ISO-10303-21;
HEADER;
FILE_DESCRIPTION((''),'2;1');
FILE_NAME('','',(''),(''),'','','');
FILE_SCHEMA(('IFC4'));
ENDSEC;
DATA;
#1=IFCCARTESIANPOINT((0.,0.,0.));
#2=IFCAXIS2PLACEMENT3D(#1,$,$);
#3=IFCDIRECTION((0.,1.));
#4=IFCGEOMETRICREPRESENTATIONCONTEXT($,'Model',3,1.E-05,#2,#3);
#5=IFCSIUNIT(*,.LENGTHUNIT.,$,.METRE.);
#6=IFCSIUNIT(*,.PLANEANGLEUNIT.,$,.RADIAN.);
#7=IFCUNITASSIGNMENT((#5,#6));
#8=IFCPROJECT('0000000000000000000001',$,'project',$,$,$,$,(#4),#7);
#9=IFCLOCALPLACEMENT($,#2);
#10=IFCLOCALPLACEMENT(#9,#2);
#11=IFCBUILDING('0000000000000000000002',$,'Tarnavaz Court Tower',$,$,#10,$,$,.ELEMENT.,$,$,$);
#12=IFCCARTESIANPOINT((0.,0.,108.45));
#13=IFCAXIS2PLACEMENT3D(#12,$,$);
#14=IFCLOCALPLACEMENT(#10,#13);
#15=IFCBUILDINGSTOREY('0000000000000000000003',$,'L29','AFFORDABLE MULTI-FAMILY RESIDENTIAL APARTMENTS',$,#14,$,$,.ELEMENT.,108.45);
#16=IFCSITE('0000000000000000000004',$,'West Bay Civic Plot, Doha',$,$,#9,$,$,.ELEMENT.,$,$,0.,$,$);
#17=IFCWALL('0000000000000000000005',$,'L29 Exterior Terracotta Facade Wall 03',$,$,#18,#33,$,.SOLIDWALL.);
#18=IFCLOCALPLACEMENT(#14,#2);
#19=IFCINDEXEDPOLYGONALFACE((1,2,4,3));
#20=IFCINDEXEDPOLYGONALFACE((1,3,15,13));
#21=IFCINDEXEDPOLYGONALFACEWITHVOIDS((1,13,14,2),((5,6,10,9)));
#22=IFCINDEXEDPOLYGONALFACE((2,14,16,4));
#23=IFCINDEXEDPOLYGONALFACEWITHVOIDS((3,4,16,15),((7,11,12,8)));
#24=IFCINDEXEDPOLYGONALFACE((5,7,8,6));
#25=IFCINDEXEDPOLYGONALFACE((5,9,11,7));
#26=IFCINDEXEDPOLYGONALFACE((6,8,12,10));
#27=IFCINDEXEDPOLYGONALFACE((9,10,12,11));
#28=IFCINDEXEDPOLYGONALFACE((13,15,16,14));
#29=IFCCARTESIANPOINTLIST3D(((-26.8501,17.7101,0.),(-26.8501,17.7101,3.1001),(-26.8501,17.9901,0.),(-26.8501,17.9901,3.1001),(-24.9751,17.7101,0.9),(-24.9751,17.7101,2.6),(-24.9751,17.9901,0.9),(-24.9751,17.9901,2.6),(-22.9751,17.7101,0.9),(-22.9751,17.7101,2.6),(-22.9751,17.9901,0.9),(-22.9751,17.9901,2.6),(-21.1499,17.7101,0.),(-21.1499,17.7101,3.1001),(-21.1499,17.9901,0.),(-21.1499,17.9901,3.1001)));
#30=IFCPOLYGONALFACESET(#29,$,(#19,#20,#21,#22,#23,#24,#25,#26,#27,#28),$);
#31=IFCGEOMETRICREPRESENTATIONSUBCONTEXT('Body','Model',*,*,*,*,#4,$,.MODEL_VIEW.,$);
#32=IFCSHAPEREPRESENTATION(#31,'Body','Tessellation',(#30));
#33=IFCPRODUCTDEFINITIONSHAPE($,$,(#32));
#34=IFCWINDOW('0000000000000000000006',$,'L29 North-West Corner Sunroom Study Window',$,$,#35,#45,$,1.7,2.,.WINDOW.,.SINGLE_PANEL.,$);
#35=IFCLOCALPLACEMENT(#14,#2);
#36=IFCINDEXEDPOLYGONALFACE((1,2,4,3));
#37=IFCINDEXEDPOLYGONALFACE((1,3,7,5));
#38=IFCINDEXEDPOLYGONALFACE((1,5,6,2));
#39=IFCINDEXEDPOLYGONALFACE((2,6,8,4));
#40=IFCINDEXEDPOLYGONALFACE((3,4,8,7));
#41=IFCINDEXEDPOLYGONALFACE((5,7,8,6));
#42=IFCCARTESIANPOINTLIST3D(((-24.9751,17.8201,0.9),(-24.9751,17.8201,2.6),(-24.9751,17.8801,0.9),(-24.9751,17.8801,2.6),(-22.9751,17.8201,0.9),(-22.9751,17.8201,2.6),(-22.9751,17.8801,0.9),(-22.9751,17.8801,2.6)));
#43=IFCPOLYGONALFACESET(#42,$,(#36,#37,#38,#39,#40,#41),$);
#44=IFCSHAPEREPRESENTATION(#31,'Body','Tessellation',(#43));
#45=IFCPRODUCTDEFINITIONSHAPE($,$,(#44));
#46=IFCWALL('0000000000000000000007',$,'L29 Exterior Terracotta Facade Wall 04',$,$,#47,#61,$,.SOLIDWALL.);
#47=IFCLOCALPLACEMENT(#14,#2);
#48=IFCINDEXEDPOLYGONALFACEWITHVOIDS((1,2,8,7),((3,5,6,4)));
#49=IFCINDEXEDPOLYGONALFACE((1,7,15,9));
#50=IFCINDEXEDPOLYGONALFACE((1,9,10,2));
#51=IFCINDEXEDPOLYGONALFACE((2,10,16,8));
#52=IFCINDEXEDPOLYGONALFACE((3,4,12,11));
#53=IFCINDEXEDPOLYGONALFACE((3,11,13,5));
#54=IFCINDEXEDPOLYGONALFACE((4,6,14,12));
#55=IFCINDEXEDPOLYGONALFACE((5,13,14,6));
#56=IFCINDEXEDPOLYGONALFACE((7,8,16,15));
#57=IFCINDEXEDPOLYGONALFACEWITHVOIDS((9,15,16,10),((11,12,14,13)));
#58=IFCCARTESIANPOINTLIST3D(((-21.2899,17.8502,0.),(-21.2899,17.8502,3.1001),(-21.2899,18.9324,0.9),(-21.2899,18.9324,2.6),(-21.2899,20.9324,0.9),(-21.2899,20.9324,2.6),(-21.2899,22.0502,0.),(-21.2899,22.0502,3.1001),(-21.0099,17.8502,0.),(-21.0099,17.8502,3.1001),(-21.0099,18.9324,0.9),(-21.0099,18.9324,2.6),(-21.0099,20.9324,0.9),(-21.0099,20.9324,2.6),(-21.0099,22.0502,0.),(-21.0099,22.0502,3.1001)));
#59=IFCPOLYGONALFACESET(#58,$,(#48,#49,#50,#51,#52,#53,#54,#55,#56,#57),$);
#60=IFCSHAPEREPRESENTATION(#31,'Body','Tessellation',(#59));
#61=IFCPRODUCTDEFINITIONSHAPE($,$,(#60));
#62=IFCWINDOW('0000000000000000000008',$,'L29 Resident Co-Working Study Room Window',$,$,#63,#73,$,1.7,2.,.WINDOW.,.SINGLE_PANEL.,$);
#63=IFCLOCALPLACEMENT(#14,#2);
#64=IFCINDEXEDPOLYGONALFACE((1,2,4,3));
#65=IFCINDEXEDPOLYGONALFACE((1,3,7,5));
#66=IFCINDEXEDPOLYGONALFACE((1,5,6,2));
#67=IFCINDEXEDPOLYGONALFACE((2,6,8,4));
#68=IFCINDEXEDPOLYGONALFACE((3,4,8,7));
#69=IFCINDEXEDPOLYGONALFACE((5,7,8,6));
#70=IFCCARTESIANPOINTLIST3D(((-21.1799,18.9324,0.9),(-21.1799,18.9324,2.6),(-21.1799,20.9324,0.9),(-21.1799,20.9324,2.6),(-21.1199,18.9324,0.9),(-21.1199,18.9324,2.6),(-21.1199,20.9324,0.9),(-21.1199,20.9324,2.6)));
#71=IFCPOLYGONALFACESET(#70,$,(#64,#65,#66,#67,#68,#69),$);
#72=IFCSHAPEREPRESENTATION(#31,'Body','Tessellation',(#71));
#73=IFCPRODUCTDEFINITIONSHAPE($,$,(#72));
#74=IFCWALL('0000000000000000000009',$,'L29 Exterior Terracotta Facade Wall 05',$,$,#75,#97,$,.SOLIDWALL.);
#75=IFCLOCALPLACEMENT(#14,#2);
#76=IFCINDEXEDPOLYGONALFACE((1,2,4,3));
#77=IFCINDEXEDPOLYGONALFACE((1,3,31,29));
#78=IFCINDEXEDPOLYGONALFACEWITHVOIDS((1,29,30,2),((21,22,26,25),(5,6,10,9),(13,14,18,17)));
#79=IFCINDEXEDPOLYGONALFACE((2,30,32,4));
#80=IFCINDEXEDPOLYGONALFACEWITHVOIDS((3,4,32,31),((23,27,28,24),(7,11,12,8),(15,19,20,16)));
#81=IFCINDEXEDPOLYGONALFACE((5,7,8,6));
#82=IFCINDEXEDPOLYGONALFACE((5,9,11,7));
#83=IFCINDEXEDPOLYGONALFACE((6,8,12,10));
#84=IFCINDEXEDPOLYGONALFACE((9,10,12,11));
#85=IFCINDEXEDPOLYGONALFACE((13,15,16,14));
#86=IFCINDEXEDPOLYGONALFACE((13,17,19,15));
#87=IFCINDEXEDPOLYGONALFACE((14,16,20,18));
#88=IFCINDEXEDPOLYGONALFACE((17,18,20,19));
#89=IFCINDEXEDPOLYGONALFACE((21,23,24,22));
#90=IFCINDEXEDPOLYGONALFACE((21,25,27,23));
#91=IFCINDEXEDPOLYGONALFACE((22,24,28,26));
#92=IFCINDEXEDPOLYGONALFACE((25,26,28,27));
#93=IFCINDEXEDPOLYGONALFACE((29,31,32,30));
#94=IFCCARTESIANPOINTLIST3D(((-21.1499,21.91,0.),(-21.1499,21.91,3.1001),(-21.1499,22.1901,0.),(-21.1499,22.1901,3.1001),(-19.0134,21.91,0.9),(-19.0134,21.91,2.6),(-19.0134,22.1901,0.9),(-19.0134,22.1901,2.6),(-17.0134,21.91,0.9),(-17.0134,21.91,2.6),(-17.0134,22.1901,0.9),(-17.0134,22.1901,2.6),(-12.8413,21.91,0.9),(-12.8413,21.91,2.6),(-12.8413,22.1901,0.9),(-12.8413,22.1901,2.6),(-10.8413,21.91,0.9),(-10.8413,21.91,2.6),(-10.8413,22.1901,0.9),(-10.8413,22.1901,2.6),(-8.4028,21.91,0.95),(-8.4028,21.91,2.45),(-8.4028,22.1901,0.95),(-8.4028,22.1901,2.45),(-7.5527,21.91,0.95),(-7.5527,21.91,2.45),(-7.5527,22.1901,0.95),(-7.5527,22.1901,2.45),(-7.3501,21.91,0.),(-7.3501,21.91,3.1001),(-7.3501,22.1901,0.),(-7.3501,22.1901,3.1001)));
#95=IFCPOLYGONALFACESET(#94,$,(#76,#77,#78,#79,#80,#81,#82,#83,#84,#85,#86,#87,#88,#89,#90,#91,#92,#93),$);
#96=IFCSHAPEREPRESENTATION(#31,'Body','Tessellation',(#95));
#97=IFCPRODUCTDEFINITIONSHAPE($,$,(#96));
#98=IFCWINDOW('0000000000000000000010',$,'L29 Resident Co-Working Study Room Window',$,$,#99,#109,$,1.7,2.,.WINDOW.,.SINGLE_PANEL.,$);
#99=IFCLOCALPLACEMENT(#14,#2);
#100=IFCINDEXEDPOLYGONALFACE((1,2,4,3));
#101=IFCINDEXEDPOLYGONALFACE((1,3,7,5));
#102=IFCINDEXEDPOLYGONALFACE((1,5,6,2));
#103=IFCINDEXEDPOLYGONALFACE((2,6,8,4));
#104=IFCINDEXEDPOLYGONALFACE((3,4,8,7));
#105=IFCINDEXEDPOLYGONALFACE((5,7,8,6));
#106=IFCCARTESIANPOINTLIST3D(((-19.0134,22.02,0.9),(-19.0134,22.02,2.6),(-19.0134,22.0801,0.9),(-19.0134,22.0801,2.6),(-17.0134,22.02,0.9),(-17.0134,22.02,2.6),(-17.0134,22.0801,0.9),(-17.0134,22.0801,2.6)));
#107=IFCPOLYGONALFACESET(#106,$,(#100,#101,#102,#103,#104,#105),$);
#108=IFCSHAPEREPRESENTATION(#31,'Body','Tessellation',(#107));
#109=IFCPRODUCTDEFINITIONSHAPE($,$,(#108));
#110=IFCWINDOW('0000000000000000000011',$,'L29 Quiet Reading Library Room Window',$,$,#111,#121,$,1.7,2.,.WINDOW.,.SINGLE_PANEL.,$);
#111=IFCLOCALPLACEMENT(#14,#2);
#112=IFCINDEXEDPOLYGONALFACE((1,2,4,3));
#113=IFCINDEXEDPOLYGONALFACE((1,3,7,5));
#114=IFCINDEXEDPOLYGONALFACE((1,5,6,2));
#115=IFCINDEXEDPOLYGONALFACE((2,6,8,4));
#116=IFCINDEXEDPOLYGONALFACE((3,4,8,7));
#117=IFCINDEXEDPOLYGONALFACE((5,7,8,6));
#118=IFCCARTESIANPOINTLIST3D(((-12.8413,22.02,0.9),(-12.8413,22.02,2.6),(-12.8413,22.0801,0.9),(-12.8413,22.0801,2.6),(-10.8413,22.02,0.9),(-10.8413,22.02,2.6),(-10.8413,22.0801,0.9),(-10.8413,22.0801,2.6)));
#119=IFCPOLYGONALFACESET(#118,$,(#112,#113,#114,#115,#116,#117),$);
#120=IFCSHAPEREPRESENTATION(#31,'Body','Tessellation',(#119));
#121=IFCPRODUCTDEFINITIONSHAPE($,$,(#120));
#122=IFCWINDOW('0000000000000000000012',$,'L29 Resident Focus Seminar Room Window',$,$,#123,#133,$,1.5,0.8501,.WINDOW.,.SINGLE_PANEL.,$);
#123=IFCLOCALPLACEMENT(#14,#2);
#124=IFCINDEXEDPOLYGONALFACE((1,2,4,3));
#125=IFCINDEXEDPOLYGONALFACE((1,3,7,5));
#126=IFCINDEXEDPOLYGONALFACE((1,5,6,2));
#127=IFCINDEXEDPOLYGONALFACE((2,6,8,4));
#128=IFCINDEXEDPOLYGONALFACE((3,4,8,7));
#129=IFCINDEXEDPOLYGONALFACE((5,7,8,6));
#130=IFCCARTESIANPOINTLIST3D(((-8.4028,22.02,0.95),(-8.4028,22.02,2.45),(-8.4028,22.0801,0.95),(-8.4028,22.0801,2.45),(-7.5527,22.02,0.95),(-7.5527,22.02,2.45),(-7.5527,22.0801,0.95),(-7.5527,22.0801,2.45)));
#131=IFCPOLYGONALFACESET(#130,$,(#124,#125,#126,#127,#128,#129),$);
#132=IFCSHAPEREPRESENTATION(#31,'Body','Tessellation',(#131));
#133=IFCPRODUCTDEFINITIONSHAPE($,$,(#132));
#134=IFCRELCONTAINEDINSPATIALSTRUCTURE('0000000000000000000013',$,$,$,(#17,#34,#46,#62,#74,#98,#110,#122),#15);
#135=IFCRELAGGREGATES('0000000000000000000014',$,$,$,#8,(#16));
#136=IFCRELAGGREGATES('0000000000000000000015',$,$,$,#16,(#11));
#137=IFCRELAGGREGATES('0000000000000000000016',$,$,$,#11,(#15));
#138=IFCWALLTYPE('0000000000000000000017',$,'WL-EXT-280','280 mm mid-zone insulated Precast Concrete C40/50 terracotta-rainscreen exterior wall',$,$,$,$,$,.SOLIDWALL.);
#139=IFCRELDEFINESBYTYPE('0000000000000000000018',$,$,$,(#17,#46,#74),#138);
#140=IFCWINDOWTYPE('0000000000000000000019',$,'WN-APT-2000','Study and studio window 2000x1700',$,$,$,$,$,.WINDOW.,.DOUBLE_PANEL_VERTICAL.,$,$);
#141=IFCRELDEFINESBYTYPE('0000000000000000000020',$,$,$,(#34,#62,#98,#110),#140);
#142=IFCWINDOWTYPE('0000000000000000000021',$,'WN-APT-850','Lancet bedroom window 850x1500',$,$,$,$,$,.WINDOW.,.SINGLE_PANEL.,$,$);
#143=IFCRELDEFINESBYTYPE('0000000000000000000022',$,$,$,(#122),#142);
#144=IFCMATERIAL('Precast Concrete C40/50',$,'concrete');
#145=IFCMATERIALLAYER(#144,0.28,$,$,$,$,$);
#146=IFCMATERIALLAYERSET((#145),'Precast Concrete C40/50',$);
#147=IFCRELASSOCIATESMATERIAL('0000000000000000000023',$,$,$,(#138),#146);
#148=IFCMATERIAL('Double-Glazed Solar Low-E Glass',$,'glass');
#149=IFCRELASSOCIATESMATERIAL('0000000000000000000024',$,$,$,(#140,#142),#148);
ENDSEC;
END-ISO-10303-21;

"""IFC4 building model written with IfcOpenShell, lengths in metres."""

from ifc_helpers import new_model, si_unit, direction, frame, frame_2d, origin, place, context, subcontext, project, spatial, rectangle, extrude, material, layer, layer_set, type_object, element, fill, save


model = new_model("IFC4")

# Units and contexts
model_context = context("Model", 3, precision=1e-05, world=origin(), true_north=direction((0.0, 1.0)))
body_context = subcontext(model_context, "Body", "Model", "MODEL_VIEW")
ifc_project = project(units=[si_unit("LENGTHUNIT", "METRE"), si_unit("PLANEANGLEUNIT", "RADIAN")], contexts=[model_context])

# Site, building, storey
site_placement = place(None, origin())
site = spatial("IfcSite", under=ifc_project, at=site_placement, Name="West Bay Civic Plot, Doha", CompositionType="ELEMENT", RefElevation=0.0)
building_placement = place(site_placement, origin())
building = spatial("IfcBuilding", under=site, at=building_placement, Name="Tarnavaz Court Tower", CompositionType="ELEMENT")
storey_placement = place(building_placement, frame((0.0, 0.0, 108.45)))
storey = spatial("IfcBuildingStorey", under=building, at=storey_placement, Name="L29", Description="AFFORDABLE MULTI-FAMILY RESIDENTIAL APARTMENTS", CompositionType="ELEMENT", Elevation=108.45)

# Walls, openings, windows
ifc_material_1 = material(Name="Precast Concrete C40/50", Category="concrete")
ifc_layer_1 = layer(ifc_material_1, 0.28)
ifc_layer_set_1 = layer_set([ifc_layer_1], Name="Precast Concrete C40/50")
wall_type_1 = type_object("IfcWallType", Name="WL-EXT-280", Description="280 mm mid-zone insulated Precast Concrete C40/50 terracotta-rainscreen exterior wall", PredefinedType="SOLIDWALL", material=ifc_layer_set_1)
wall_1_placement = place(storey_placement, frame((-26.8501, 17.8501, 0.0), z_axis=(0.0, 0.0, 1.0), x_axis=(1.0, 0.0, 0.0)))
wall_1 = element("IfcWall", 1, at=wall_1_placement, inside=storey, type_object=wall_type_1, Name="L29 Exterior Terracotta Facade Wall 03", PredefinedType="SOLIDWALL", context=body_context, shape_type="SweptSolid", body=[
    extrude(rectangle(XDim=5.7002, YDim=0.28, at=frame_2d((2.8501, 0.0))), origin(), (0.0, 0.0, 1.0), 3.1001),
])
opening_1_placement = place(wall_1_placement, frame((1.875, 0.0, 0.8999)))
opening_1 = element("IfcOpeningElement", 2, at=opening_1_placement, cuts=wall_1, PredefinedType="OPENING", context=body_context, shape_type="SweptSolid", body=[
    extrude(rectangle(XDim=2.0, YDim=1.7, at=frame_2d((1.0, 0.8501))), frame((0.0, 0.1499, 0.0), z_axis=(0.0, -1.0, 0.0), x_axis=(1.0, 0.0, 0.0)), (0.0, 0.0, 1.0), 0.3),
])
ifc_material_2 = material(Name="Double-Glazed Solar Low-E Glass", Category="glass")
window_type_1 = type_object("IfcWindowType", Name="WN-APT-2000", Description="Study and studio window 2000x1700", PartitioningType="DOUBLE_PANEL_VERTICAL", PredefinedType="WINDOW", material=ifc_material_2)
window_1_placement = place(opening_1_placement, origin())
window_1 = element("IfcWindow", 3, at=window_1_placement, inside=storey, type_object=window_type_1, Name="L29 North-West Corner Sunroom Study Window", OverallHeight=1.7, OverallWidth=2.0, PartitioningType="SINGLE_PANEL", PredefinedType="WINDOW", context=body_context, shape_type="SweptSolid", body=[
    extrude(rectangle(XDim=2.0, YDim=1.7, at=frame_2d((1.0, 0.8501))), frame((0.0, 0.03, 0.0), z_axis=(0.0, -1.0, 0.0), x_axis=(1.0, 0.0, 0.0)), (0.0, 0.0, 1.0), 0.0601),
])
fill(opening_1, window_1)
wall_2_placement = place(storey_placement, frame((-21.1499, 17.8501, 0.0), z_axis=(0.0, 0.0, 1.0), x_axis=(0.0, 1.0, 0.0)))
wall_2 = element("IfcWall", 4, at=wall_2_placement, inside=storey, type_object=wall_type_1, Name="L29 Exterior Terracotta Facade Wall 04", PredefinedType="SOLIDWALL", context=body_context, shape_type="SweptSolid", body=[
    extrude(rectangle(XDim=4.2, YDim=0.28, at=frame_2d((2.1001, 0.0))), origin(), (0.0, 0.0, 1.0), 3.1001),
])
opening_2_placement = place(wall_2_placement, frame((1.0823, 0.0, 0.8999)))
opening_2 = element("IfcOpeningElement", 5, at=opening_2_placement, cuts=wall_2, PredefinedType="OPENING", context=body_context, shape_type="SweptSolid", body=[
    extrude(rectangle(XDim=2.0, YDim=1.7, at=frame_2d((1.0, 0.8501))), frame((0.0, 0.1499, 0.0), z_axis=(0.0, -1.0, 0.0), x_axis=(1.0, 0.0, 0.0)), (0.0, 0.0, 1.0), 0.3),
])
window_2_placement = place(opening_2_placement, origin())
window_2 = element("IfcWindow", 6, at=window_2_placement, inside=storey, type_object=window_type_1, Name="L29 Resident Co-Working Study Room Window", OverallHeight=1.7, OverallWidth=2.0, PartitioningType="SINGLE_PANEL", PredefinedType="WINDOW", context=body_context, shape_type="SweptSolid", body=[
    extrude(rectangle(XDim=2.0, YDim=1.7, at=frame_2d((1.0, 0.8501))), frame((0.0, 0.03, 0.0), z_axis=(0.0, -1.0, 0.0), x_axis=(1.0, 0.0, 0.0)), (0.0, 0.0, 1.0), 0.0601),
])
fill(opening_2, window_2)

# Wall, openings, windows
wall_3_placement = place(storey_placement, frame((-21.1499, 22.05, 0.0), z_axis=(0.0, 0.0, 1.0), x_axis=(1.0, 0.0, 0.0)))
wall_3 = element("IfcWall", 7, at=wall_3_placement, inside=storey, type_object=wall_type_1, Name="L29 Exterior Terracotta Facade Wall 05", PredefinedType="SOLIDWALL", context=body_context, shape_type="SweptSolid", body=[
    extrude(rectangle(XDim=13.7998, YDim=0.28, at=frame_2d((6.8999, 0.0))), origin(), (0.0, 0.0, 1.0), 3.1001),
])
opening_3_placement = place(wall_3_placement, frame((2.1365, 0.0, 0.8999)))
opening_3 = element("IfcOpeningElement", 8, at=opening_3_placement, cuts=wall_3, PredefinedType="OPENING", context=body_context, shape_type="SweptSolid", body=[
    extrude(rectangle(XDim=2.0, YDim=1.7, at=frame_2d((1.0, 0.8501))), frame((0.0, 0.1499, 0.0), z_axis=(0.0, -1.0, 0.0), x_axis=(1.0, 0.0, 0.0)), (0.0, 0.0, 1.0), 0.3),
])
opening_4_placement = place(wall_3_placement, frame((8.3086, 0.0, 0.8999)))
opening_4 = element("IfcOpeningElement", 9, at=opening_4_placement, cuts=wall_3, PredefinedType="OPENING", context=body_context, shape_type="SweptSolid", body=[
    extrude(rectangle(XDim=2.0, YDim=1.7, at=frame_2d((1.0, 0.8501))), frame((0.0, 0.1499, 0.0), z_axis=(0.0, -1.0, 0.0), x_axis=(1.0, 0.0, 0.0)), (0.0, 0.0, 1.0), 0.3),
])
opening_5_placement = place(wall_3_placement, frame((12.7471, 0.0, 0.95)))
opening_5 = element("IfcOpeningElement", 10, at=opening_5_placement, cuts=wall_3, PredefinedType="OPENING", context=body_context, shape_type="SweptSolid", body=[
    extrude(rectangle(XDim=0.8501, YDim=1.5, at=frame_2d((0.425, 0.75))), frame((0.0, 0.1499, 0.0), z_axis=(0.0, -1.0, 0.0), x_axis=(1.0, 0.0, 0.0)), (0.0, 0.0, 1.0), 0.3),
])
window_3_placement = place(opening_3_placement, origin())
window_3 = element("IfcWindow", 11, at=window_3_placement, inside=storey, type_object=window_type_1, Name="L29 Resident Co-Working Study Room Window", OverallHeight=1.7, OverallWidth=2.0, PartitioningType="SINGLE_PANEL", PredefinedType="WINDOW", context=body_context, shape_type="SweptSolid", body=[
    extrude(rectangle(XDim=2.0, YDim=1.7, at=frame_2d((1.0, 0.8501))), frame((0.0, 0.03, 0.0), z_axis=(0.0, -1.0, 0.0), x_axis=(1.0, 0.0, 0.0)), (0.0, 0.0, 1.0), 0.0601),
])
fill(opening_3, window_3)
window_4_placement = place(opening_4_placement, origin())
window_4 = element("IfcWindow", 12, at=window_4_placement, inside=storey, type_object=window_type_1, Name="L29 Quiet Reading Library Room Window", OverallHeight=1.7, OverallWidth=2.0, PartitioningType="SINGLE_PANEL", PredefinedType="WINDOW", context=body_context, shape_type="SweptSolid", body=[
    extrude(rectangle(XDim=2.0, YDim=1.7, at=frame_2d((1.0, 0.8501))), frame((0.0, 0.03, 0.0), z_axis=(0.0, -1.0, 0.0), x_axis=(1.0, 0.0, 0.0)), (0.0, 0.0, 1.0), 0.0601),
])
fill(opening_4, window_4)
window_type_2 = type_object("IfcWindowType", Name="WN-APT-850", Description="Lancet bedroom window 850x1500", PartitioningType="SINGLE_PANEL", PredefinedType="WINDOW", material=ifc_material_2)
window_5_placement = place(opening_5_placement, origin())
window_5 = element("IfcWindow", 13, at=window_5_placement, inside=storey, type_object=window_type_2, Name="L29 Resident Focus Seminar Room Window", OverallHeight=1.5, OverallWidth=0.8501, PartitioningType="SINGLE_PANEL", PredefinedType="WINDOW", context=body_context, shape_type="SweptSolid", body=[
    extrude(rectangle(XDim=0.8501, YDim=1.5, at=frame_2d((0.425, 0.75))), frame((0.0, 0.03, 0.0), z_axis=(0.0, -1.0, 0.0), x_axis=(1.0, 0.0, 0.0)), (0.0, 0.0, 1.0), 0.0601),
])
fill(opening_5, window_5)

save(model, "model.ifc")
